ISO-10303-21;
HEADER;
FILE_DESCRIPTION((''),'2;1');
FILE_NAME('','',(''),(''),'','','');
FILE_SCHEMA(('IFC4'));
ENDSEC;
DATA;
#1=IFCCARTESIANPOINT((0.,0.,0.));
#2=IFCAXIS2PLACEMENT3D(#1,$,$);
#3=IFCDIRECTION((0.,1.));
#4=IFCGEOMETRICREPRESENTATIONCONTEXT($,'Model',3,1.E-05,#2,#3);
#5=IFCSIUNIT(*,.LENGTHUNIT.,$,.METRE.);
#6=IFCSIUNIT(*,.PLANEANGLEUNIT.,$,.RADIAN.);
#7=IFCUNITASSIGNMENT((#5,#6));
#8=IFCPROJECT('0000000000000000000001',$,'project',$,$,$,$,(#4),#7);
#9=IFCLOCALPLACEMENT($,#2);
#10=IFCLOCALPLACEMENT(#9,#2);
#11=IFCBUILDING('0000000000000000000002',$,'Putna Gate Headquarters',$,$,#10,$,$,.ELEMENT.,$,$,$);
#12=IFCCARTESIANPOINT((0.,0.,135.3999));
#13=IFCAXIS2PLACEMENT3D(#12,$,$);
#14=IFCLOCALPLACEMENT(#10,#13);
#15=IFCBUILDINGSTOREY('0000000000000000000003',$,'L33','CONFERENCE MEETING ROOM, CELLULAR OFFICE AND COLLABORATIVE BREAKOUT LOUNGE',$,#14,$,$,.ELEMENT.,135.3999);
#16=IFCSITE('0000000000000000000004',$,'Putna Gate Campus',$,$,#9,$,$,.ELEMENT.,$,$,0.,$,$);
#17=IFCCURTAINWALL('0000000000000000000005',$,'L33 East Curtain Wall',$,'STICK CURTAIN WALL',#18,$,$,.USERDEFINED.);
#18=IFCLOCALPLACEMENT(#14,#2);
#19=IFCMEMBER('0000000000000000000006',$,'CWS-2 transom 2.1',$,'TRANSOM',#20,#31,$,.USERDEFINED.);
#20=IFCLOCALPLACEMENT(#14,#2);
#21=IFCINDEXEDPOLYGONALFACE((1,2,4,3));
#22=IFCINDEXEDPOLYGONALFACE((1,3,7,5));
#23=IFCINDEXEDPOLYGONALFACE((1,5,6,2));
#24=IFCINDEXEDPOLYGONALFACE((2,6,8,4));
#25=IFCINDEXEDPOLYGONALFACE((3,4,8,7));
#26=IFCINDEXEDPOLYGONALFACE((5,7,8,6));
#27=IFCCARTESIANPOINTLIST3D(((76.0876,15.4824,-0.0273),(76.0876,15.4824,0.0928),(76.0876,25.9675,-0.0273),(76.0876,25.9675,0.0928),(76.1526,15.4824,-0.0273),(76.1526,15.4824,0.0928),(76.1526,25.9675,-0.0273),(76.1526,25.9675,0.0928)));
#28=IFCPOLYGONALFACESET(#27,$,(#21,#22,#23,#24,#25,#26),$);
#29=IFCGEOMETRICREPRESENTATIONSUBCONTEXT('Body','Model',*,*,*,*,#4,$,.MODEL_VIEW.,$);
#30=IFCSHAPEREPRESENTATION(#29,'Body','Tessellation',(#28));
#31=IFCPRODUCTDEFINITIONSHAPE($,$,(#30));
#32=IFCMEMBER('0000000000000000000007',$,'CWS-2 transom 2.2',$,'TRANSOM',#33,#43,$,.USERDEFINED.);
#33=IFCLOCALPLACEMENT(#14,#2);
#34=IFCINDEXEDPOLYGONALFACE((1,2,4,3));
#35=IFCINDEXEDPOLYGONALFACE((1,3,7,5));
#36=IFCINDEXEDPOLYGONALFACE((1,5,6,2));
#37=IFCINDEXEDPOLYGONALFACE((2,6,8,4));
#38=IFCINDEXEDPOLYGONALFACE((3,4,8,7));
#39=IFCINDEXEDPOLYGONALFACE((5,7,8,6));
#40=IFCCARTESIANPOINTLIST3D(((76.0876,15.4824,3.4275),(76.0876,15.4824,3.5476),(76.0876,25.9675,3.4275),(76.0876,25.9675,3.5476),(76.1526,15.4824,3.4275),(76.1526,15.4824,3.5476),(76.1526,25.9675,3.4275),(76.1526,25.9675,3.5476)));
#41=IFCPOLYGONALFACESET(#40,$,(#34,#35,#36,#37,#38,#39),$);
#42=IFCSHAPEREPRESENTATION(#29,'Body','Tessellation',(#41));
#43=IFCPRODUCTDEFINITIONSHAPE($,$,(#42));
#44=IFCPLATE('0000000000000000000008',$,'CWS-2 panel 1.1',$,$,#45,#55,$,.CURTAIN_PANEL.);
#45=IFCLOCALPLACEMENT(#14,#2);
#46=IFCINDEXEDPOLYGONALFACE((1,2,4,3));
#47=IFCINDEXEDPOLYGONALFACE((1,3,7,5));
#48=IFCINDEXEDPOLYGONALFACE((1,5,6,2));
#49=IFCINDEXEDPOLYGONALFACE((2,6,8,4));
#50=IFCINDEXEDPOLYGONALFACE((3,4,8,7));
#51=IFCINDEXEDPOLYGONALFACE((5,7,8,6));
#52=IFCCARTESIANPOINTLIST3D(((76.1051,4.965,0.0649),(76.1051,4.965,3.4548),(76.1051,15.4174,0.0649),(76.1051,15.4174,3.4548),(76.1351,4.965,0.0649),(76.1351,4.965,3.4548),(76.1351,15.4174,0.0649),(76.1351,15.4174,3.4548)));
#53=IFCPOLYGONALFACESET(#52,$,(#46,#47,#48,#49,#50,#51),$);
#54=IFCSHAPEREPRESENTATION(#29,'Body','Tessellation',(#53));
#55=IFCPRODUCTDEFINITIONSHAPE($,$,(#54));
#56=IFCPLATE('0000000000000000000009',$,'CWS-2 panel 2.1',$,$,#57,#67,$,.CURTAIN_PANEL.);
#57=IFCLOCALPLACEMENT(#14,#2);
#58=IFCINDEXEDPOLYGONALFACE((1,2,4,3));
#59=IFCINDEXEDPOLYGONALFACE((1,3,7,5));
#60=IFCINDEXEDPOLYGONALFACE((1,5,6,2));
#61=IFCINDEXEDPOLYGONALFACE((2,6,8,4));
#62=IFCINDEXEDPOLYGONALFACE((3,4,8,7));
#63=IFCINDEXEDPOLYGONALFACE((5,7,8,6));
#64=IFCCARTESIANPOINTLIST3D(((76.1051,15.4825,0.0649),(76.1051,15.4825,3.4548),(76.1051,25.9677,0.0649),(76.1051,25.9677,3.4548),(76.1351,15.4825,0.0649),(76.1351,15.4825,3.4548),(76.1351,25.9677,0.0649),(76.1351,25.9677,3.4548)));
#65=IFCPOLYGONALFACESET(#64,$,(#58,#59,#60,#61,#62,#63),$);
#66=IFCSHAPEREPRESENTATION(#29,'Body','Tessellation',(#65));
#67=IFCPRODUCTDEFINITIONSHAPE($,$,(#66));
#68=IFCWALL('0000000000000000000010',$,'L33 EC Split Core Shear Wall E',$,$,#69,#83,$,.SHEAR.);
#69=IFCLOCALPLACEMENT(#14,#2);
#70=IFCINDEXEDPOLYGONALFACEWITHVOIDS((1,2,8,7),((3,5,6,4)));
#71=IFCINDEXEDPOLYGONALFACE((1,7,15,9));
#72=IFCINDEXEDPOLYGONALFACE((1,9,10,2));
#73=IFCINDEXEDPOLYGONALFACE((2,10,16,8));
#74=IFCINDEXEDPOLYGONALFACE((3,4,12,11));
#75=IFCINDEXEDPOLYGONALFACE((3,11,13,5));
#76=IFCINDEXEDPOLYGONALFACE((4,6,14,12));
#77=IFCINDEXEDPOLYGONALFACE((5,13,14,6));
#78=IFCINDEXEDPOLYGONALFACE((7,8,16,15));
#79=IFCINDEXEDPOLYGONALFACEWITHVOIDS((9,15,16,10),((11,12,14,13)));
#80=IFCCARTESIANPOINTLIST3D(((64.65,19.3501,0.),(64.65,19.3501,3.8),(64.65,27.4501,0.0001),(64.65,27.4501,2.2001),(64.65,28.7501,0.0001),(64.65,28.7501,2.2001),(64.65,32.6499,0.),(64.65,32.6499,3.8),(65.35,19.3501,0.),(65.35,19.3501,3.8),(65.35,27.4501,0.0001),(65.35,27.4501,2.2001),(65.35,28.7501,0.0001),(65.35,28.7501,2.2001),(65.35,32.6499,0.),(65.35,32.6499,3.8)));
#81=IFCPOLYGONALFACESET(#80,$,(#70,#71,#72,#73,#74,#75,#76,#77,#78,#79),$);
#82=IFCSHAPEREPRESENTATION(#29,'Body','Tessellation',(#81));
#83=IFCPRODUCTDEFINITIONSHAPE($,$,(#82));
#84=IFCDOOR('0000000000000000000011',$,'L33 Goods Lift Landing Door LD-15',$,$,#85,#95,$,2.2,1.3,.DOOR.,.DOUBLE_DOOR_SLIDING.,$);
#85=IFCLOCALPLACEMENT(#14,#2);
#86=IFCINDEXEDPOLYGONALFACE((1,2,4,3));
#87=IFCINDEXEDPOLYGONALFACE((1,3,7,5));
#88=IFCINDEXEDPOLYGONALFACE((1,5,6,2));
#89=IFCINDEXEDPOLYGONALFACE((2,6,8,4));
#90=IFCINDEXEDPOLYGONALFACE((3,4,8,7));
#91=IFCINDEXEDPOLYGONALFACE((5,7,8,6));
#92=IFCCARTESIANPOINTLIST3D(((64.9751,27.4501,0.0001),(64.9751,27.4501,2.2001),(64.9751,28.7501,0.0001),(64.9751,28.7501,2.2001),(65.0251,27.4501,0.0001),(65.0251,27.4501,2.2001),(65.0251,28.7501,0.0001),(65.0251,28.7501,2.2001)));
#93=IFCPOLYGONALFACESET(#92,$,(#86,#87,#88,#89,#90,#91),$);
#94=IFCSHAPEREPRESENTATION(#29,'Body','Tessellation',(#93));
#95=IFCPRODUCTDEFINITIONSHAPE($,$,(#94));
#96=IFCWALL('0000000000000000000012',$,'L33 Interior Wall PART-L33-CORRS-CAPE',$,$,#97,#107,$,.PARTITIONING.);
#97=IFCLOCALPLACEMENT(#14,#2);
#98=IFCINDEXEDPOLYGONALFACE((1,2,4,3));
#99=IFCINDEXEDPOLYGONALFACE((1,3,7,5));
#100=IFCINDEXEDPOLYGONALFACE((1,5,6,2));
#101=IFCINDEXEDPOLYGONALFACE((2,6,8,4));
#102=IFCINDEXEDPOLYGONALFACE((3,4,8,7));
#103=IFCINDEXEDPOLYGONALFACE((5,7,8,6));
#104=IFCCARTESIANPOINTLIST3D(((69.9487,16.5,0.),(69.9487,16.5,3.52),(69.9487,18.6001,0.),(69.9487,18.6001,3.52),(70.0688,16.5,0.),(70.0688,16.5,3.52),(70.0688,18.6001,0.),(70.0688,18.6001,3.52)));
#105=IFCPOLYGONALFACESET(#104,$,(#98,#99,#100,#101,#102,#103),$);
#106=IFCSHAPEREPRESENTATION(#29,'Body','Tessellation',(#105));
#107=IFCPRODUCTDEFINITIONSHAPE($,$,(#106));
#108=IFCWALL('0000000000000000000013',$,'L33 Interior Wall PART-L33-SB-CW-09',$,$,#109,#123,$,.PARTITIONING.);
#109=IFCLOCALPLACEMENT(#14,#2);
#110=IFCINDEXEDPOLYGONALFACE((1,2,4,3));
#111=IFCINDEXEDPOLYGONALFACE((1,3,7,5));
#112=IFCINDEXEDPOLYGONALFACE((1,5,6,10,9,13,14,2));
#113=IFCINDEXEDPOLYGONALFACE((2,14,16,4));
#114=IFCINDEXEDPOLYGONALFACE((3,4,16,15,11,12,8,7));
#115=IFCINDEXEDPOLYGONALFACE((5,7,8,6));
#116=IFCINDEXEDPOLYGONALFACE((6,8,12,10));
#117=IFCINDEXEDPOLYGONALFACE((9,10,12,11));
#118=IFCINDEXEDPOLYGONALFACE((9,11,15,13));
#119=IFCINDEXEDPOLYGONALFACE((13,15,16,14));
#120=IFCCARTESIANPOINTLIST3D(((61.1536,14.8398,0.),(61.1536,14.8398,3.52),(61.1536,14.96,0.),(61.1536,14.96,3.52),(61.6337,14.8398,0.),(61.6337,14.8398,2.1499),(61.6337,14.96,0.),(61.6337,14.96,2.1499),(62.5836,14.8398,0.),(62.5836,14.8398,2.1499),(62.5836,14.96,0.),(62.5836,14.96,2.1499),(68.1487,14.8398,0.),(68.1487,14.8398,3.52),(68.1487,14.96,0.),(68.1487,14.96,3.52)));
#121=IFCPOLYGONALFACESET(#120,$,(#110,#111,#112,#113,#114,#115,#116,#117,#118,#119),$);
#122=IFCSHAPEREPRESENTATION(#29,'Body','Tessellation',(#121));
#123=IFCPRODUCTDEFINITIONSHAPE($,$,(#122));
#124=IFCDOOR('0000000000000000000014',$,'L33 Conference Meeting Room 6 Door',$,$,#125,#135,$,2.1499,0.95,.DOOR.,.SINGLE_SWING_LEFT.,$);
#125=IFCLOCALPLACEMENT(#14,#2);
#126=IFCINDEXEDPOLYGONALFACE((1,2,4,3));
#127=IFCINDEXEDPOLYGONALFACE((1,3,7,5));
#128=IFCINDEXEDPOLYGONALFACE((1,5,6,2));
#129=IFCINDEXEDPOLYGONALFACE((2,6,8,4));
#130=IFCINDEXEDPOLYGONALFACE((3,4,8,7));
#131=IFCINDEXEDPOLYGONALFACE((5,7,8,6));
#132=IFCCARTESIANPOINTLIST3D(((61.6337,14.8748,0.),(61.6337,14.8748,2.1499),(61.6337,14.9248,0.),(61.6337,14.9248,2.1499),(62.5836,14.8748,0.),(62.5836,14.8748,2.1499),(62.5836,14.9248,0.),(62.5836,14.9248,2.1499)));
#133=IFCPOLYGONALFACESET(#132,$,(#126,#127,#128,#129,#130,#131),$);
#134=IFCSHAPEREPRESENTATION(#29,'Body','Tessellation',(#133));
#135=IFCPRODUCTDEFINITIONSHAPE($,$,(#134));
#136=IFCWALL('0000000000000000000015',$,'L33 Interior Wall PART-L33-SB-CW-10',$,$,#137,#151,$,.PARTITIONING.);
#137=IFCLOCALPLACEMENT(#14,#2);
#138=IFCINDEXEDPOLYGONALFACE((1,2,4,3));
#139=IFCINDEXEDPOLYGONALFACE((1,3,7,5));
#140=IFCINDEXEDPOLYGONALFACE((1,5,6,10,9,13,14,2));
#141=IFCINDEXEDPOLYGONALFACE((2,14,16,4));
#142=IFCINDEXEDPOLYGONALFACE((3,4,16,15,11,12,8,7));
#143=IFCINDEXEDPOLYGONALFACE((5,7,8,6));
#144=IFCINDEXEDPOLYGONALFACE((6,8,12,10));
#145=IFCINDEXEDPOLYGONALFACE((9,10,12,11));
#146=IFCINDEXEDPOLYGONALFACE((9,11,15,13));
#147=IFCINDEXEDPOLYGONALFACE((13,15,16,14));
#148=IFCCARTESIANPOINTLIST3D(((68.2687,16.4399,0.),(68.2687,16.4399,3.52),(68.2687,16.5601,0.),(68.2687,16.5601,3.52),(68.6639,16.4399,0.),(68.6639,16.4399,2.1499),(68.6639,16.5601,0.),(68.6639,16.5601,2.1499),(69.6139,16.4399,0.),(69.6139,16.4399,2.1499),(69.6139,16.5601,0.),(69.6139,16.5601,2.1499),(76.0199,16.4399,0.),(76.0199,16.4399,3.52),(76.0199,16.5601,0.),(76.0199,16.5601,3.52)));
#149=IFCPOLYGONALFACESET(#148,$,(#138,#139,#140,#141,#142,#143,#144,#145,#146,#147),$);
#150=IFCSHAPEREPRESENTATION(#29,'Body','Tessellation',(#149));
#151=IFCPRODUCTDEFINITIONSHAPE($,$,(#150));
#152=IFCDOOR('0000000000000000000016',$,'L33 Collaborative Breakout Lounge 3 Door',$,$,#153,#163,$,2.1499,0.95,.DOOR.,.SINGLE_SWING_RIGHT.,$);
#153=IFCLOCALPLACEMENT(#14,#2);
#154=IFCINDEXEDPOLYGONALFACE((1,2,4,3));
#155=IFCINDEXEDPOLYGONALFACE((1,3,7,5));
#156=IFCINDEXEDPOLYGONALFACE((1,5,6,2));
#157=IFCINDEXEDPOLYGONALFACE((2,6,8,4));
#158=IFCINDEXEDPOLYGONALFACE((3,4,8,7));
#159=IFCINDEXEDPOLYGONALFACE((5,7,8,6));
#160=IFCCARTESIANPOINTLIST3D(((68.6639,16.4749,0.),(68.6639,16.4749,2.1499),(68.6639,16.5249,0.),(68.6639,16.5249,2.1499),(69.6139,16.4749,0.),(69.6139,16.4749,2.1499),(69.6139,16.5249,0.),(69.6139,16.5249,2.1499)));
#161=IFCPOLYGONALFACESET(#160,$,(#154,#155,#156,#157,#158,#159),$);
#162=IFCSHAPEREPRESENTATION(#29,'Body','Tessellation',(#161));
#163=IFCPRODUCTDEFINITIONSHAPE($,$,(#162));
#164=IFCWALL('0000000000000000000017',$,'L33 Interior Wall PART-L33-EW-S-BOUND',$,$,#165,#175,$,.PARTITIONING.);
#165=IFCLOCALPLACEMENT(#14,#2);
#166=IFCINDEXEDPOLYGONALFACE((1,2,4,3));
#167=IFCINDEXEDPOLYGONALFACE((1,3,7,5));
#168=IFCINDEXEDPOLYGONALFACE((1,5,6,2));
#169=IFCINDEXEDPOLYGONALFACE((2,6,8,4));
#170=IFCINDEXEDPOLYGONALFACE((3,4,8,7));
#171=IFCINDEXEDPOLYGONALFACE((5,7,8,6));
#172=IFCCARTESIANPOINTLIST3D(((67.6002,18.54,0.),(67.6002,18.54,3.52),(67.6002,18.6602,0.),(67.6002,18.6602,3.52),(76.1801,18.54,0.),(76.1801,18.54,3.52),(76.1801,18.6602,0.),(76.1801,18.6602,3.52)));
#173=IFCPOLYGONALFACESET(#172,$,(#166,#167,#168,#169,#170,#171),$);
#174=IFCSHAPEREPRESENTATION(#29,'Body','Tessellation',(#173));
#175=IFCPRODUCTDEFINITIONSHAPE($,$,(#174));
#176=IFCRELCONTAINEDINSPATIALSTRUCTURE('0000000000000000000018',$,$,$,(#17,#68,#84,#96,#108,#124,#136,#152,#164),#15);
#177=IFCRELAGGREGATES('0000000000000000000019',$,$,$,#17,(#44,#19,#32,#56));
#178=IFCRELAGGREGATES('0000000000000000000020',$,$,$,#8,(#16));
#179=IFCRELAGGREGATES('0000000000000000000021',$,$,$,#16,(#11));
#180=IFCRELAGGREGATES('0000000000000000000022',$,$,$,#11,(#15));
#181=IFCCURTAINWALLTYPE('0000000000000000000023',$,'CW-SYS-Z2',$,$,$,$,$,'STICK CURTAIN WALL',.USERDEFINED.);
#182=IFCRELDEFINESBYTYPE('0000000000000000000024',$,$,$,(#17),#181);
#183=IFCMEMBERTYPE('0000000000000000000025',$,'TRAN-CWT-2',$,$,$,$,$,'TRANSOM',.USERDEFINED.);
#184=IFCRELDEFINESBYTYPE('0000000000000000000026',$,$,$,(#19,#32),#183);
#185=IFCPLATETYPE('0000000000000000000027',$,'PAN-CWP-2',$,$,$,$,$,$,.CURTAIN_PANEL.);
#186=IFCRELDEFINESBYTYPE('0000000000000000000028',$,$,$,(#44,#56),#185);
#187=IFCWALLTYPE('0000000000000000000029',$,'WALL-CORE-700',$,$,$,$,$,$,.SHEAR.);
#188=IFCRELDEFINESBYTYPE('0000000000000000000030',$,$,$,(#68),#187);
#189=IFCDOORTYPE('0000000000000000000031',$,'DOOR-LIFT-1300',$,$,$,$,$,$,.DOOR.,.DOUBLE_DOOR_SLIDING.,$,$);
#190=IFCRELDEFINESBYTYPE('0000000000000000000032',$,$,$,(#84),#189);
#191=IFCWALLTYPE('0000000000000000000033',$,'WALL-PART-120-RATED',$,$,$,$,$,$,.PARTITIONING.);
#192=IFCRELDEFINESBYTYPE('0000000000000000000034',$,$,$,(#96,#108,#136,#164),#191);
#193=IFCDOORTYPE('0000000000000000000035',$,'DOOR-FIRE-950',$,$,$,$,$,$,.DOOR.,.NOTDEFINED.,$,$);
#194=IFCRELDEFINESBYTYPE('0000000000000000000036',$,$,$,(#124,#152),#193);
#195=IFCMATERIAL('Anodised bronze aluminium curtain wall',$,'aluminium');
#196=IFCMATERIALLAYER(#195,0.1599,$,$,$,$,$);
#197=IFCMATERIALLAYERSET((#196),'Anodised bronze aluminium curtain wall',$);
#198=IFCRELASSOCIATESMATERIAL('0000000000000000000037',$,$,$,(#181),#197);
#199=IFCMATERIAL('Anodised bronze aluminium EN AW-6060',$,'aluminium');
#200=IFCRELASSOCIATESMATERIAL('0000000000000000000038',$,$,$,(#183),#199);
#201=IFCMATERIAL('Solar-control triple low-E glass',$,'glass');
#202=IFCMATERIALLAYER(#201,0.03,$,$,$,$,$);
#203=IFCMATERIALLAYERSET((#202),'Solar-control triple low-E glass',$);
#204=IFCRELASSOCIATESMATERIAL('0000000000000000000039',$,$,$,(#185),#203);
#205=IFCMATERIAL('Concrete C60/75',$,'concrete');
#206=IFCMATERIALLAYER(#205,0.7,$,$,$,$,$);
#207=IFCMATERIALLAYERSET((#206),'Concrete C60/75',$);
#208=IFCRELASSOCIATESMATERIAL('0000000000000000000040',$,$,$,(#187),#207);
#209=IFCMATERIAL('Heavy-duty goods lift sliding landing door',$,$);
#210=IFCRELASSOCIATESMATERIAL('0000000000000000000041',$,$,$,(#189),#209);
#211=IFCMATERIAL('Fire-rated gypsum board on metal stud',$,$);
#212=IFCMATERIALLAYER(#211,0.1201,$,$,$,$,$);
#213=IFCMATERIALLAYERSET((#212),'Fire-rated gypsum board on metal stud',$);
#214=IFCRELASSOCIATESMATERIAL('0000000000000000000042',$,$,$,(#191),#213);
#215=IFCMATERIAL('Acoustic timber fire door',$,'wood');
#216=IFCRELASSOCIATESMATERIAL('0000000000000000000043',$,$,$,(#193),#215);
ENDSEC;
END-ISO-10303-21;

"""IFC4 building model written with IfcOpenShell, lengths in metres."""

from ifc_helpers import new_model, si_unit, direction, frame, frame_2d, origin, origin_2d, place, context, subcontext, project, spatial, rectangle, extrude, material, layer, layer_set, material_profile, profile_set, type_object, element, fill, aggregate, save


model = new_model("IFC4")

# Units and contexts
model_context = context("Model", 3, precision=1e-05, world=origin(), true_north=direction((0.0, 1.0)))
body_context = subcontext(model_context, "Body", "Model", "MODEL_VIEW")
ifc_project = project(units=[si_unit("LENGTHUNIT", "METRE"), si_unit("PLANEANGLEUNIT", "RADIAN")], contexts=[model_context])

# Site, building, storey
site_placement = place(None, origin())
site = spatial("IfcSite", under=ifc_project, at=site_placement, Name="Putna Gate Campus", CompositionType="ELEMENT", RefElevation=0.0)
building_placement = place(site_placement, origin())
building = spatial("IfcBuilding", under=site, at=building_placement, Name="Putna Gate Headquarters", CompositionType="ELEMENT")
storey_placement = place(building_placement, frame((0.0, 0.0, 135.3999)))
storey = spatial("IfcBuildingStorey", under=building, at=storey_placement, Name="L33", Description="CONFERENCE MEETING ROOM, CELLULAR OFFICE AND COLLABORATIVE BREAKOUT LOUNGE", CompositionType="ELEMENT", Elevation=135.3999)

# Shared definitions
ifc_material_1 = material(Name="Concrete C60/75", Category="concrete")

# Curtain wall, members, plates
ifc_material_2 = material(Name="Anodised bronze aluminium curtain wall", Category="aluminium")
ifc_layer_1 = layer(ifc_material_2, 0.1599)
ifc_layer_set_1 = layer_set([ifc_layer_1], Name="Anodised bronze aluminium curtain wall")
curtain_wall_type = type_object("IfcCurtainWallType", Name="CW-SYS-Z2", ElementType="STICK CURTAIN WALL", PredefinedType="USERDEFINED", material=ifc_layer_set_1)
curtain_wall_placement = place(storey_placement, origin())
curtain_wall = element("IfcCurtainWall", 1, at=curtain_wall_placement, inside=storey, type_object=curtain_wall_type, Name="L33 East Curtain Wall", ObjectType="STICK CURTAIN WALL", PredefinedType="USERDEFINED")
ifc_material_3 = material(Name="Anodised bronze aluminium EN AW-6060", Category="aluminium")
ifc_material_profile_1 = material_profile(ifc_material_3, rectangle(XDim=0.0649, YDim=0.1201, at=origin_2d()), Name="Anodised bronze aluminium EN AW-6060")
ifc_profile_set_1 = profile_set([ifc_material_profile_1], Name="Anodised bronze aluminium EN AW-6060")
member_type_1 = type_object("IfcMemberType", Name="TRAN-CWT-2", ElementType="TRANSOM", PredefinedType="USERDEFINED", material=ifc_profile_set_1)
member_1_placement = place(storey_placement, frame((76.1201, 15.4824, 0.0327), z_axis=(0.0, 1.0, 0.0), x_axis=(-1.0, 0.0, 0.0)))
member_1 = element("IfcMember", 2, at=member_1_placement, type_object=member_type_1, Name="CWS-2 transom 2.1", ObjectType="TRANSOM", PredefinedType="USERDEFINED", context=body_context, shape_type="SweptSolid", body=[
    extrude(rectangle(XDim=0.0649, YDim=0.1201, at=origin_2d()), origin(), (0.0, 0.0, 1.0), 10.4851),
])
member_2_placement = place(storey_placement, frame((76.1201, 15.4824, 3.4875), z_axis=(0.0, 1.0, 0.0), x_axis=(-1.0, 0.0, 0.0)))
member_2 = element("IfcMember", 3, at=member_2_placement, type_object=member_type_1, Name="CWS-2 transom 2.2", ObjectType="TRANSOM", PredefinedType="USERDEFINED", context=body_context, shape_type="SweptSolid", body=[
    extrude(rectangle(XDim=0.0649, YDim=0.1201, at=origin_2d()), origin(), (0.0, 0.0, 1.0), 10.4851),
])
ifc_material_4 = material(Name="Solar-control triple low-E glass", Category="glass")
ifc_layer_2 = layer(ifc_material_4, 0.03)
ifc_layer_set_2 = layer_set([ifc_layer_2], Name="Solar-control triple low-E glass")
plate_type = type_object("IfcPlateType", Name="PAN-CWP-2", PredefinedType="CURTAIN_PANEL", material=ifc_layer_set_2)
plate_1_placement = place(storey_placement, frame((76.1201, 10.1912, 0.0649), z_axis=(0.0, 0.0, 1.0), x_axis=(0.0, 1.0, 0.0)))
plate_1 = element("IfcPlate", 4, at=plate_1_placement, type_object=plate_type, Name="CWS-2 panel 1.1", PredefinedType="CURTAIN_PANEL", context=body_context, shape_type="SweptSolid", body=[
    extrude(rectangle(XDim=10.4524, YDim=0.03, at=origin_2d()), origin(), (0.0, 0.0, 1.0), 3.3899),
])
plate_2_placement = place(storey_placement, frame((76.1201, 20.7251, 0.0649), z_axis=(0.0, 0.0, 1.0), x_axis=(0.0, 1.0, 0.0)))
plate_2 = element("IfcPlate", 5, at=plate_2_placement, type_object=plate_type, Name="CWS-2 panel 2.1", PredefinedType="CURTAIN_PANEL", context=body_context, shape_type="SweptSolid", body=[
    extrude(rectangle(XDim=10.4851, YDim=0.03, at=origin_2d()), origin(), (0.0, 0.0, 1.0), 3.3899),
])
aggregate(curtain_wall, [plate_1, member_1, member_2, plate_2])

# Wall, opening, door
ifc_layer_3 = layer(ifc_material_1, 0.7)
ifc_layer_set_3 = layer_set([ifc_layer_3], Name="Concrete C60/75")
wall_type_1 = type_object("IfcWallType", Name="WALL-CORE-700", PredefinedType="SHEAR", material=ifc_layer_set_3)
wall_1_placement = place(storey_placement, frame((65.0, 19.3501, 0.0), z_axis=(0.0, 0.0, 1.0), x_axis=(0.0, 1.0, 0.0)))
wall_1 = element("IfcWall", 6, at=wall_1_placement, inside=storey, type_object=wall_type_1, Name="L33 EC Split Core Shear Wall E", PredefinedType="SHEAR", context=body_context, shape_type="SweptSolid", body=[
    extrude(rectangle(XDim=13.2998, YDim=0.7, at=frame_2d((6.6499, 0.0))), origin(), (0.0, 0.0, 1.0), 3.8),
])
opening_1_placement = place(wall_1_placement, frame((8.1001, 0.0, 0.0)))
opening_1 = element("IfcOpeningElement", 7, at=opening_1_placement, cuts=wall_1, PredefinedType="OPENING", context=body_context, shape_type="SweptSolid", body=[
    extrude(rectangle(XDim=1.3, YDim=2.2, at=frame_2d((0.6499, 1.1001))), frame((0.0, 0.3599, 0.0), z_axis=(0.0, -1.0, 0.0), x_axis=(1.0, 0.0, 0.0)), (0.0, 0.0, 1.0), 0.72),
])
ifc_material_5 = material(Name="Heavy-duty goods lift sliding landing door")
door_type_1 = type_object("IfcDoorType", Name="DOOR-LIFT-1300", OperationType="DOUBLE_DOOR_SLIDING", PredefinedType="DOOR", material=ifc_material_5)
door_1_placement = place(opening_1_placement, origin())
door_1 = element("IfcDoor", 8, at=door_1_placement, inside=storey, type_object=door_type_1, Name="L33 Goods Lift Landing Door LD-15", OperationType="DOUBLE_DOOR_SLIDING", OverallHeight=2.2, OverallWidth=1.3, PredefinedType="DOOR", context=body_context, shape_type="SweptSolid", body=[
    extrude(rectangle(XDim=1.3, YDim=2.2, at=frame_2d((0.6499, 1.1001))), frame((0.0, 0.0249, 0.0), z_axis=(0.0, -1.0, 0.0), x_axis=(1.0, 0.0, 0.0)), (0.0, 0.0, 1.0), 0.05),
])
fill(opening_1, door_1)

# Wall
ifc_material_6 = material(Name="Fire-rated gypsum board on metal stud")
ifc_layer_4 = layer(ifc_material_6, 0.1201)
ifc_layer_set_4 = layer_set([ifc_layer_4], Name="Fire-rated gypsum board on metal stud")
wall_type_2 = type_object("IfcWallType", Name="WALL-PART-120-RATED", PredefinedType="PARTITIONING", material=ifc_layer_set_4)
wall_2_placement = place(storey_placement, frame((70.0088, 16.5, 0.0), z_axis=(0.0, 0.0, 1.0), x_axis=(0.0, 1.0, 0.0)))
element("IfcWall", 9, at=wall_2_placement, inside=storey, type_object=wall_type_2, Name="L33 Interior Wall PART-L33-CORRS-CAPE", PredefinedType="PARTITIONING", context=body_context, shape_type="SweptSolid", body=[
    extrude(rectangle(XDim=2.1001, YDim=0.1201, at=frame_2d((1.05, 0.0))), origin(), (0.0, 0.0, 1.0), 3.52),
])

# Walls, openings, doors
wall_3_placement = place(storey_placement, frame((61.1536, 14.8999, 0.0), z_axis=(0.0, 0.0, 1.0), x_axis=(1.0, 0.0, 0.0)))
wall_3 = element("IfcWall", 10, at=wall_3_placement, inside=storey, type_object=wall_type_2, Name="L33 Interior Wall PART-L33-SB-CW-09", PredefinedType="PARTITIONING", context=body_context, shape_type="SweptSolid", body=[
    extrude(rectangle(XDim=6.9951, YDim=0.1201, at=frame_2d((3.4976, 0.0))), origin(), (0.0, 0.0, 1.0), 3.52),
])
opening_2_placement = place(wall_3_placement, frame((0.48, 0.0, 0.0)))
opening_2 = element("IfcOpeningElement", 11, at=opening_2_placement, cuts=wall_3, PredefinedType="OPENING", context=body_context, shape_type="SweptSolid", body=[
    extrude(rectangle(XDim=0.95, YDim=2.1499, at=frame_2d((0.4751, 1.075))), frame((0.0, 0.0701, 0.0), z_axis=(0.0, -1.0, 0.0), x_axis=(1.0, 0.0, 0.0)), (0.0, 0.0, 1.0), 0.1401),
])
ifc_material_7 = material(Name="Acoustic timber fire door", Category="wood")
door_type_2 = type_object("IfcDoorType", Name="DOOR-FIRE-950", OperationType="NOTDEFINED", PredefinedType="DOOR", material=ifc_material_7)
door_2_placement = place(opening_2_placement, origin())
door_2 = element("IfcDoor", 12, at=door_2_placement, inside=storey, type_object=door_type_2, Name="L33 Conference Meeting Room 6 Door", OperationType="SINGLE_SWING_LEFT", OverallHeight=2.1499, OverallWidth=0.95, PredefinedType="DOOR", context=body_context, shape_type="SweptSolid", body=[
    extrude(rectangle(XDim=0.95, YDim=2.1499, at=frame_2d((0.4751, 1.075))), frame((0.0, 0.0249, 0.0), z_axis=(0.0, -1.0, 0.0), x_axis=(1.0, 0.0, 0.0)), (0.0, 0.0, 1.0), 0.05),
])
fill(opening_2, door_2)
wall_4_placement = place(storey_placement, frame((68.2688, 16.5, 0.0), z_axis=(0.0, 0.0, 1.0), x_axis=(1.0, 0.0, 0.0)))
wall_4 = element("IfcWall", 13, at=wall_4_placement, inside=storey, type_object=wall_type_2, Name="L33 Interior Wall PART-L33-SB-CW-10", PredefinedType="PARTITIONING", context=body_context, shape_type="SweptSolid", body=[
    extrude(rectangle(XDim=7.7512, YDim=0.1201, at=frame_2d((3.8755, 0.0))), origin(), (0.0, 0.0, 1.0), 3.52),
])
opening_3_placement = place(wall_4_placement, frame((0.395, 0.0, 0.0)))
opening_3 = element("IfcOpeningElement", 14, at=opening_3_placement, cuts=wall_4, PredefinedType="OPENING", context=body_context, shape_type="SweptSolid", body=[
    extrude(rectangle(XDim=0.95, YDim=2.1499, at=frame_2d((0.4751, 1.075))), frame((0.0, 0.0701, 0.0), z_axis=(0.0, -1.0, 0.0), x_axis=(1.0, 0.0, 0.0)), (0.0, 0.0, 1.0), 0.1401),
])
door_3_placement = place(opening_3_placement, origin())
door_3 = element("IfcDoor", 15, at=door_3_placement, inside=storey, type_object=door_type_2, Name="L33 Collaborative Breakout Lounge 3 Door", OperationType="SINGLE_SWING_RIGHT", OverallHeight=2.1499, OverallWidth=0.95, PredefinedType="DOOR", context=body_context, shape_type="SweptSolid", body=[
    extrude(rectangle(XDim=0.95, YDim=2.1499, at=frame_2d((0.4751, 1.075))), frame((0.0, 0.0249, 0.0), z_axis=(0.0, -1.0, 0.0), x_axis=(1.0, 0.0, 0.0)), (0.0, 0.0, 1.0), 0.05),
])
fill(opening_3, door_3)

# Wall
wall_5_placement = place(storey_placement, frame((67.6001, 18.6001, 0.0), z_axis=(0.0, 0.0, 1.0), x_axis=(1.0, 0.0, 0.0)))
element("IfcWall", 16, at=wall_5_placement, inside=storey, type_object=wall_type_2, Name="L33 Interior Wall PART-L33-EW-S-BOUND", PredefinedType="PARTITIONING", context=body_context, shape_type="SweptSolid", body=[
    extrude(rectangle(XDim=8.5798, YDim=0.1201, at=frame_2d((4.29, 0.0))), origin(), (0.0, 0.0, 1.0), 3.52),
])

save(model, "model.ifc")
